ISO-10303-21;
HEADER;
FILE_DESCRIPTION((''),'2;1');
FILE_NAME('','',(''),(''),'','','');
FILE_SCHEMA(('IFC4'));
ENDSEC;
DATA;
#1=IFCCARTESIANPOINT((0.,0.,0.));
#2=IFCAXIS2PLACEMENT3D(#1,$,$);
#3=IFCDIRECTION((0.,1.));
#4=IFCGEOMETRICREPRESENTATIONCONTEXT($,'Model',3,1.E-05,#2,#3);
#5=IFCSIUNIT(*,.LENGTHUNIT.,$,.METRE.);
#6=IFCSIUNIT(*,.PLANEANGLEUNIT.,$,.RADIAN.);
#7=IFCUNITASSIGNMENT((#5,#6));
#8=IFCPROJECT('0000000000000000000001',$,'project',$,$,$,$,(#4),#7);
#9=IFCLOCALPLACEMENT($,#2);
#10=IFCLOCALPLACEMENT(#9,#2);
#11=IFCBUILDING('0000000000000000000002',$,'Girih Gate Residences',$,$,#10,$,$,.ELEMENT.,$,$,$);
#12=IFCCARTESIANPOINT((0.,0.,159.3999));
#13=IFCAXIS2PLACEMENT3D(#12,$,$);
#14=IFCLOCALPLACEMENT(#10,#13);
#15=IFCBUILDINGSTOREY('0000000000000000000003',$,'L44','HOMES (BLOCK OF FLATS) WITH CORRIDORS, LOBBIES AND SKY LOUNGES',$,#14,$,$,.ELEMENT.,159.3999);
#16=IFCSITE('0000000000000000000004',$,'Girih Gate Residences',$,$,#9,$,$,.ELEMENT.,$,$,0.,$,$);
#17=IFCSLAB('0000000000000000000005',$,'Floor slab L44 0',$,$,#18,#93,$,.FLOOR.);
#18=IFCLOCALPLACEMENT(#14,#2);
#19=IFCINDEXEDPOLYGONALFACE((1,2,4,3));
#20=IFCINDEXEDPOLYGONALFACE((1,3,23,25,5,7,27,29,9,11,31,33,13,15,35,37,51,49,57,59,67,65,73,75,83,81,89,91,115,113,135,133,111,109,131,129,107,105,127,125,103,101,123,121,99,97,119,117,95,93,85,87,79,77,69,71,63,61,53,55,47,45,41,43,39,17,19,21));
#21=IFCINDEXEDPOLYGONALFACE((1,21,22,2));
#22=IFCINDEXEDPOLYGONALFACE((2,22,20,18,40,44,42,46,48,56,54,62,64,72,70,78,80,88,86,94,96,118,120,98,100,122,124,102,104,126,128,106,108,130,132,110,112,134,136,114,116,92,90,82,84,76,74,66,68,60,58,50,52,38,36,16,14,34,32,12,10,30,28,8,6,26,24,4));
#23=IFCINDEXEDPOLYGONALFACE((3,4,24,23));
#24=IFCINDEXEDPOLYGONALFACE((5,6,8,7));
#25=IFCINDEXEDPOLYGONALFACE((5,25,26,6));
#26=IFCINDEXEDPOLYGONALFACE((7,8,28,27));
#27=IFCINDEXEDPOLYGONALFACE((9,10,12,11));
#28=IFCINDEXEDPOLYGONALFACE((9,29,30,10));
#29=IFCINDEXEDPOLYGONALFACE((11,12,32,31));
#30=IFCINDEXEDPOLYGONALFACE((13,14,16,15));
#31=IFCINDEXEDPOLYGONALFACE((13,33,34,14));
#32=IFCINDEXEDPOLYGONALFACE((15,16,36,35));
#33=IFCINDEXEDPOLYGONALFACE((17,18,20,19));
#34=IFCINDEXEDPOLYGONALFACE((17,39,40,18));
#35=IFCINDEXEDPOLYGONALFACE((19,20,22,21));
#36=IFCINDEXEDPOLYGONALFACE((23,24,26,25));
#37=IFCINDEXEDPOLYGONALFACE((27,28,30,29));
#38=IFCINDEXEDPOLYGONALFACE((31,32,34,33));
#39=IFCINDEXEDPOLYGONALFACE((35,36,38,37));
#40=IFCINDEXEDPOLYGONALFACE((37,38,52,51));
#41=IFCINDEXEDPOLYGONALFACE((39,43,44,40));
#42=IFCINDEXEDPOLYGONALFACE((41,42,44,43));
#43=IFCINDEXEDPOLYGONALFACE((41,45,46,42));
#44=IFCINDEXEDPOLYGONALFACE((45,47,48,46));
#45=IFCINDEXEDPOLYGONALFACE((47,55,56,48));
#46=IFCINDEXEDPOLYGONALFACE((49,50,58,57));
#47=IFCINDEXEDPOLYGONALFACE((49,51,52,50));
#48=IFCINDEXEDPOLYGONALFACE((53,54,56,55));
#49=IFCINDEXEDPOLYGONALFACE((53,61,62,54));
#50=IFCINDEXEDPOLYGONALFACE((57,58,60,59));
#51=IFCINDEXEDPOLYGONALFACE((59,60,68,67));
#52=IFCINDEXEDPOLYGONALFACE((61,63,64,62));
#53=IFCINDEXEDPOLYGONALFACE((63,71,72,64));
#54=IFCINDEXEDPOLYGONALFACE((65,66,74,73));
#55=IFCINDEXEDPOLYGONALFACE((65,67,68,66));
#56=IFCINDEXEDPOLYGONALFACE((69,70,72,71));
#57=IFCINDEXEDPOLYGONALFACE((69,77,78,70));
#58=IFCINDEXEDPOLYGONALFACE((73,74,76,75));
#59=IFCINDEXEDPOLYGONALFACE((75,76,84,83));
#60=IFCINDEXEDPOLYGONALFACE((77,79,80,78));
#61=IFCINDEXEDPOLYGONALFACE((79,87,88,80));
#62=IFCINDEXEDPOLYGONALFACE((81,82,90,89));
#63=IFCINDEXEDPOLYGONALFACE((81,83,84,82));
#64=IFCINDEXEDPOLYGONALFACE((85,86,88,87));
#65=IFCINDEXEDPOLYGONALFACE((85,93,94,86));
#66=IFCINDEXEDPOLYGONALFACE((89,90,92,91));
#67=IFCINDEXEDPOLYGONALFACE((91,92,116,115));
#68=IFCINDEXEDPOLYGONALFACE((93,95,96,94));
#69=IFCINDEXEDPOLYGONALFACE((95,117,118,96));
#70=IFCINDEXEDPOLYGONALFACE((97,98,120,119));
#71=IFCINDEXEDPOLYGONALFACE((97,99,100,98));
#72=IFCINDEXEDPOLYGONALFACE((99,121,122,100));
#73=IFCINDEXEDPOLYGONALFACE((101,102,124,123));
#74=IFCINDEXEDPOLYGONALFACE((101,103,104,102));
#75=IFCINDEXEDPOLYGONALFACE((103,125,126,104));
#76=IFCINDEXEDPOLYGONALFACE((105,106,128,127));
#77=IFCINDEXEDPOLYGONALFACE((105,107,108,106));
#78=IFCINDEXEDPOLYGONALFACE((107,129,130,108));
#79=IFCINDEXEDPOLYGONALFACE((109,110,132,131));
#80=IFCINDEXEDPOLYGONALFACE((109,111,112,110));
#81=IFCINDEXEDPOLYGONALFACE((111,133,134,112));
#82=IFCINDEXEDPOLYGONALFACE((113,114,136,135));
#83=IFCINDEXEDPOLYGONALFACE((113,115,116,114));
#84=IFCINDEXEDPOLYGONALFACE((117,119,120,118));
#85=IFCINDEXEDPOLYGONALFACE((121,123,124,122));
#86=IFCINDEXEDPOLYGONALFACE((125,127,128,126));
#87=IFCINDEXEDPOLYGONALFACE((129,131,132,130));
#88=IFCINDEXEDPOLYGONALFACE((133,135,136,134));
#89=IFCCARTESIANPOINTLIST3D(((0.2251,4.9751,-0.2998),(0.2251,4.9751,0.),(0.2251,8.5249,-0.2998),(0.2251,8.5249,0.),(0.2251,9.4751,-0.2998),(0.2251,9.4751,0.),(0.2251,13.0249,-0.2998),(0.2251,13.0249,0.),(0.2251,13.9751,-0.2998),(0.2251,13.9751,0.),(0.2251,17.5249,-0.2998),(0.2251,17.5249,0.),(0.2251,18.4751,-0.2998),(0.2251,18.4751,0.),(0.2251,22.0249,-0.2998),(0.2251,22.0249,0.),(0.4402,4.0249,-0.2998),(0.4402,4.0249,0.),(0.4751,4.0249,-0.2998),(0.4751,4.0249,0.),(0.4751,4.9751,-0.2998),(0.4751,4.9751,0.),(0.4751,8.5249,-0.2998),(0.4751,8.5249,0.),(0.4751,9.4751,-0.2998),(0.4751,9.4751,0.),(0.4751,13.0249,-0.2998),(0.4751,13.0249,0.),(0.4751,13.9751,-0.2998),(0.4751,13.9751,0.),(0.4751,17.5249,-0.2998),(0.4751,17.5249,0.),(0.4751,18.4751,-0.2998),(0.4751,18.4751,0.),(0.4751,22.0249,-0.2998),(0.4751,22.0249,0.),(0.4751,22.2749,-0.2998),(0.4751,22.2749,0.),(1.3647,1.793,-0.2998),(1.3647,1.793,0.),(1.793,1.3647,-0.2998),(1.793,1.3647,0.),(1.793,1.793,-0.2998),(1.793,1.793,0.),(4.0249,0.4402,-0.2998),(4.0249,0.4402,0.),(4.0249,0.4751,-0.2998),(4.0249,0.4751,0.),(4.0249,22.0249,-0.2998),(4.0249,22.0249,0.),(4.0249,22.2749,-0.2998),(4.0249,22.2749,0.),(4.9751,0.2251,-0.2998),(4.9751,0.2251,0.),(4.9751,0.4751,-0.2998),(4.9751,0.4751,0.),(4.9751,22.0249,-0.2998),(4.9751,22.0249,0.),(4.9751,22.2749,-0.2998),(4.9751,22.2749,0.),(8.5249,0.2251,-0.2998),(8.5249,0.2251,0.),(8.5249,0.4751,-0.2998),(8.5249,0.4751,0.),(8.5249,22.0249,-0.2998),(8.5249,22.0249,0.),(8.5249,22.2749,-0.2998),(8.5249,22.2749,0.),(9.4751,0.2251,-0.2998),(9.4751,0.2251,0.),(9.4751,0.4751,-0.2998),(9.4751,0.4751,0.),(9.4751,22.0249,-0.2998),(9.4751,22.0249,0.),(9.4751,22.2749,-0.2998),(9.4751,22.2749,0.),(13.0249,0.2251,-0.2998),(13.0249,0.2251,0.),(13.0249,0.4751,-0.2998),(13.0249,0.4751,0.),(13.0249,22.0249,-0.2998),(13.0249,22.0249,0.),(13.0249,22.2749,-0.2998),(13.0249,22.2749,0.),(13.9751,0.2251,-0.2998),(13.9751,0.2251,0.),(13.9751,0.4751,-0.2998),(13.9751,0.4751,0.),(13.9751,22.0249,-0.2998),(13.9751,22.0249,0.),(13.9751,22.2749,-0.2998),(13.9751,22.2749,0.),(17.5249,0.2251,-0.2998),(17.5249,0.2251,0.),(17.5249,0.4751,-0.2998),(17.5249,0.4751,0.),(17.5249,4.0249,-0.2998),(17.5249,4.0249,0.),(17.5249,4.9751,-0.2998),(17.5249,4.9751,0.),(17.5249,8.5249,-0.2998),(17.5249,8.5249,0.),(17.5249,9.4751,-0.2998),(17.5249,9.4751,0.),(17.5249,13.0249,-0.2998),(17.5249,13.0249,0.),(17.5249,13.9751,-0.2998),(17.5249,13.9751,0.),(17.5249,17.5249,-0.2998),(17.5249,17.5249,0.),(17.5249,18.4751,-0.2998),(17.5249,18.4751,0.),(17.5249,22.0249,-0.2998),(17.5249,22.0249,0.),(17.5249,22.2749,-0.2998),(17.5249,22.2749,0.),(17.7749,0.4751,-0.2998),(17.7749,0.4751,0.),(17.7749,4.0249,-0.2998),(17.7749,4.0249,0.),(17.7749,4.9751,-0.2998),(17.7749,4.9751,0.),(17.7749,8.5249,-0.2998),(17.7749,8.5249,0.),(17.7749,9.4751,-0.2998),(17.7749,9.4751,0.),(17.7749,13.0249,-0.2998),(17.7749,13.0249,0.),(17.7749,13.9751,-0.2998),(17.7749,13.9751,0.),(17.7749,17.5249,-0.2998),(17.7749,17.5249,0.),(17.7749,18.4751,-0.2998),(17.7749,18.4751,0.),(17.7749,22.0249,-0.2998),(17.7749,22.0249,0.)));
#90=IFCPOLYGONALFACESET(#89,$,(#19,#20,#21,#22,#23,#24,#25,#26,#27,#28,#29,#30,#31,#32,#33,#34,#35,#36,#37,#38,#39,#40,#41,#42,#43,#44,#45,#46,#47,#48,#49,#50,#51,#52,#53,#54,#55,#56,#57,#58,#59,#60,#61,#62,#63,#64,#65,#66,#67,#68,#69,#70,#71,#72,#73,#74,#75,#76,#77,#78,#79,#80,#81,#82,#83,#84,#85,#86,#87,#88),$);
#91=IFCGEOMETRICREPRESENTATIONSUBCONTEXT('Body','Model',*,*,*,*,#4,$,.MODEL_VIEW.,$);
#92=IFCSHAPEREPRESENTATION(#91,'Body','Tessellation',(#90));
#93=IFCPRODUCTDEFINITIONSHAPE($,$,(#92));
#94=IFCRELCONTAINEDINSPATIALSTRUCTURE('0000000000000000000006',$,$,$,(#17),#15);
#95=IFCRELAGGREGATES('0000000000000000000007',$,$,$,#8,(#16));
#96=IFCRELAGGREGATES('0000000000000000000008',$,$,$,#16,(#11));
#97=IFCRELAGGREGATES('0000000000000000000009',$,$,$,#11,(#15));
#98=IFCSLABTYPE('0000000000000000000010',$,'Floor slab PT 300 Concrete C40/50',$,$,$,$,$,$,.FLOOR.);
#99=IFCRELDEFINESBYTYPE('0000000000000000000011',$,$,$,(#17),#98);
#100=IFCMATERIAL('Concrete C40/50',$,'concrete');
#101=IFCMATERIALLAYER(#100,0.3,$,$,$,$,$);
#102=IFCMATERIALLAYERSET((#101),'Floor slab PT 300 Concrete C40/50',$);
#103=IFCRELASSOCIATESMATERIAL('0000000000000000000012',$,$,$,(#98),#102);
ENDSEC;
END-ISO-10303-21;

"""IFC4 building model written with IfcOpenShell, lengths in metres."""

from ifc_helpers import new_model, si_unit, direction, frame, origin, place, context, subcontext, project, spatial, polyline, outline, extrude, material, layer, layer_set, type_object, element, save


model = new_model("IFC4")

# Units and contexts
model_context = context("Model", 3, precision=1e-05, world=origin(), true_north=direction((0.0, 1.0)))
body_context = subcontext(model_context, "Body", "Model", "MODEL_VIEW")
ifc_project = project(units=[si_unit("LENGTHUNIT", "METRE"), si_unit("PLANEANGLEUNIT", "RADIAN")], contexts=[model_context])

# Site, building, storey
site_placement = place(None, origin())
site = spatial("IfcSite", under=ifc_project, at=site_placement, Name="Girih Gate Residences", CompositionType="ELEMENT", RefElevation=0.0)
building_placement = place(site_placement, origin())
building = spatial("IfcBuilding", under=site, at=building_placement, Name="Girih Gate Residences", CompositionType="ELEMENT")
storey_placement = place(building_placement, frame((0.0, 0.0, 159.3999)))
storey = spatial("IfcBuildingStorey", under=building, at=storey_placement, Name="L44", Description="HOMES (BLOCK OF FLATS) WITH CORRIDORS, LOBBIES AND SKY LOUNGES", CompositionType="ELEMENT", Elevation=159.3999)

# Slab
ifc_material_1 = material(Name="Concrete C40/50", Category="concrete")
ifc_layer_1 = layer(ifc_material_1, 0.3)
ifc_layer_set_1 = layer_set([ifc_layer_1], Name="Floor slab PT 300 Concrete C40/50")
slab_type_1 = type_object("IfcSlabType", Name="Floor slab PT 300 Concrete C40/50", PredefinedType="FLOOR", material=ifc_layer_set_1)
slab_1_placement = place(storey_placement, frame((0.0, 0.0, -0.2998)))
element("IfcSlab", 1, at=slab_1_placement, inside=storey, type_object=slab_type_1, Name="Floor slab L44 0", PredefinedType="FLOOR", context=body_context, shape_type="SweptSolid", body=[
    extrude(outline(polyline([(13.9751, 0.2251), (17.5249, 0.2251), (17.5249, 0.4751), (17.7749, 0.4751), (17.7749, 4.0249), (17.5249, 4.0249), (17.5249, 4.9751), (17.7749, 4.9751), (17.7749, 8.5249), (17.5249, 8.5249), (17.5249, 9.4751), (17.7749, 9.4751), (17.7749, 13.0249), (17.5249, 13.0249), (17.5249, 13.9751), (17.7749, 13.9751), (17.7749, 17.5249), (17.5249, 17.5249), (17.5249, 18.4751), (17.7749, 18.4751), (17.7749, 22.0249), (17.5249, 22.0249), (17.5249, 22.2749), (13.9751, 22.2749), (13.9751, 22.0249), (13.0249, 22.0249), (13.0249, 22.2749), (9.4751, 22.2749), (9.4751, 22.0249), (8.5249, 22.0249), (8.5249, 22.2749), (4.9751, 22.2749), (4.9751, 22.0249), (4.0249, 22.0249), (4.0249, 22.2749), (0.4751, 22.2749), (0.4751, 22.0249), (0.2251, 22.0249), (0.2251, 18.4751), (0.4751, 18.4751), (0.4751, 17.5249), (0.2251, 17.5249), (0.2251, 13.9751), (0.4751, 13.9751), (0.4751, 13.0249), (0.2251, 13.0249), (0.2251, 9.4751), (0.4751, 9.4751), (0.4751, 8.5249), (0.2251, 8.5249), (0.2251, 4.9751), (0.4751, 4.9751), (0.4751, 4.0249), (0.4402, 4.0249), (1.3647, 1.793), (1.793, 1.793), (1.793, 1.3647), (4.0249, 0.4402), (4.0249, 0.4751), (4.9751, 0.4751), (4.9751, 0.2251), (8.5249, 0.2251), (8.5249, 0.4751), (9.4751, 0.4751), (9.4751, 0.2251), (13.0249, 0.2251), (13.0249, 0.4751), (13.9751, 0.4751), (13.9751, 0.2251)])), origin(), (0.0, 0.0, 1.0), 0.2998),
])

save(model, "model.ifc")
